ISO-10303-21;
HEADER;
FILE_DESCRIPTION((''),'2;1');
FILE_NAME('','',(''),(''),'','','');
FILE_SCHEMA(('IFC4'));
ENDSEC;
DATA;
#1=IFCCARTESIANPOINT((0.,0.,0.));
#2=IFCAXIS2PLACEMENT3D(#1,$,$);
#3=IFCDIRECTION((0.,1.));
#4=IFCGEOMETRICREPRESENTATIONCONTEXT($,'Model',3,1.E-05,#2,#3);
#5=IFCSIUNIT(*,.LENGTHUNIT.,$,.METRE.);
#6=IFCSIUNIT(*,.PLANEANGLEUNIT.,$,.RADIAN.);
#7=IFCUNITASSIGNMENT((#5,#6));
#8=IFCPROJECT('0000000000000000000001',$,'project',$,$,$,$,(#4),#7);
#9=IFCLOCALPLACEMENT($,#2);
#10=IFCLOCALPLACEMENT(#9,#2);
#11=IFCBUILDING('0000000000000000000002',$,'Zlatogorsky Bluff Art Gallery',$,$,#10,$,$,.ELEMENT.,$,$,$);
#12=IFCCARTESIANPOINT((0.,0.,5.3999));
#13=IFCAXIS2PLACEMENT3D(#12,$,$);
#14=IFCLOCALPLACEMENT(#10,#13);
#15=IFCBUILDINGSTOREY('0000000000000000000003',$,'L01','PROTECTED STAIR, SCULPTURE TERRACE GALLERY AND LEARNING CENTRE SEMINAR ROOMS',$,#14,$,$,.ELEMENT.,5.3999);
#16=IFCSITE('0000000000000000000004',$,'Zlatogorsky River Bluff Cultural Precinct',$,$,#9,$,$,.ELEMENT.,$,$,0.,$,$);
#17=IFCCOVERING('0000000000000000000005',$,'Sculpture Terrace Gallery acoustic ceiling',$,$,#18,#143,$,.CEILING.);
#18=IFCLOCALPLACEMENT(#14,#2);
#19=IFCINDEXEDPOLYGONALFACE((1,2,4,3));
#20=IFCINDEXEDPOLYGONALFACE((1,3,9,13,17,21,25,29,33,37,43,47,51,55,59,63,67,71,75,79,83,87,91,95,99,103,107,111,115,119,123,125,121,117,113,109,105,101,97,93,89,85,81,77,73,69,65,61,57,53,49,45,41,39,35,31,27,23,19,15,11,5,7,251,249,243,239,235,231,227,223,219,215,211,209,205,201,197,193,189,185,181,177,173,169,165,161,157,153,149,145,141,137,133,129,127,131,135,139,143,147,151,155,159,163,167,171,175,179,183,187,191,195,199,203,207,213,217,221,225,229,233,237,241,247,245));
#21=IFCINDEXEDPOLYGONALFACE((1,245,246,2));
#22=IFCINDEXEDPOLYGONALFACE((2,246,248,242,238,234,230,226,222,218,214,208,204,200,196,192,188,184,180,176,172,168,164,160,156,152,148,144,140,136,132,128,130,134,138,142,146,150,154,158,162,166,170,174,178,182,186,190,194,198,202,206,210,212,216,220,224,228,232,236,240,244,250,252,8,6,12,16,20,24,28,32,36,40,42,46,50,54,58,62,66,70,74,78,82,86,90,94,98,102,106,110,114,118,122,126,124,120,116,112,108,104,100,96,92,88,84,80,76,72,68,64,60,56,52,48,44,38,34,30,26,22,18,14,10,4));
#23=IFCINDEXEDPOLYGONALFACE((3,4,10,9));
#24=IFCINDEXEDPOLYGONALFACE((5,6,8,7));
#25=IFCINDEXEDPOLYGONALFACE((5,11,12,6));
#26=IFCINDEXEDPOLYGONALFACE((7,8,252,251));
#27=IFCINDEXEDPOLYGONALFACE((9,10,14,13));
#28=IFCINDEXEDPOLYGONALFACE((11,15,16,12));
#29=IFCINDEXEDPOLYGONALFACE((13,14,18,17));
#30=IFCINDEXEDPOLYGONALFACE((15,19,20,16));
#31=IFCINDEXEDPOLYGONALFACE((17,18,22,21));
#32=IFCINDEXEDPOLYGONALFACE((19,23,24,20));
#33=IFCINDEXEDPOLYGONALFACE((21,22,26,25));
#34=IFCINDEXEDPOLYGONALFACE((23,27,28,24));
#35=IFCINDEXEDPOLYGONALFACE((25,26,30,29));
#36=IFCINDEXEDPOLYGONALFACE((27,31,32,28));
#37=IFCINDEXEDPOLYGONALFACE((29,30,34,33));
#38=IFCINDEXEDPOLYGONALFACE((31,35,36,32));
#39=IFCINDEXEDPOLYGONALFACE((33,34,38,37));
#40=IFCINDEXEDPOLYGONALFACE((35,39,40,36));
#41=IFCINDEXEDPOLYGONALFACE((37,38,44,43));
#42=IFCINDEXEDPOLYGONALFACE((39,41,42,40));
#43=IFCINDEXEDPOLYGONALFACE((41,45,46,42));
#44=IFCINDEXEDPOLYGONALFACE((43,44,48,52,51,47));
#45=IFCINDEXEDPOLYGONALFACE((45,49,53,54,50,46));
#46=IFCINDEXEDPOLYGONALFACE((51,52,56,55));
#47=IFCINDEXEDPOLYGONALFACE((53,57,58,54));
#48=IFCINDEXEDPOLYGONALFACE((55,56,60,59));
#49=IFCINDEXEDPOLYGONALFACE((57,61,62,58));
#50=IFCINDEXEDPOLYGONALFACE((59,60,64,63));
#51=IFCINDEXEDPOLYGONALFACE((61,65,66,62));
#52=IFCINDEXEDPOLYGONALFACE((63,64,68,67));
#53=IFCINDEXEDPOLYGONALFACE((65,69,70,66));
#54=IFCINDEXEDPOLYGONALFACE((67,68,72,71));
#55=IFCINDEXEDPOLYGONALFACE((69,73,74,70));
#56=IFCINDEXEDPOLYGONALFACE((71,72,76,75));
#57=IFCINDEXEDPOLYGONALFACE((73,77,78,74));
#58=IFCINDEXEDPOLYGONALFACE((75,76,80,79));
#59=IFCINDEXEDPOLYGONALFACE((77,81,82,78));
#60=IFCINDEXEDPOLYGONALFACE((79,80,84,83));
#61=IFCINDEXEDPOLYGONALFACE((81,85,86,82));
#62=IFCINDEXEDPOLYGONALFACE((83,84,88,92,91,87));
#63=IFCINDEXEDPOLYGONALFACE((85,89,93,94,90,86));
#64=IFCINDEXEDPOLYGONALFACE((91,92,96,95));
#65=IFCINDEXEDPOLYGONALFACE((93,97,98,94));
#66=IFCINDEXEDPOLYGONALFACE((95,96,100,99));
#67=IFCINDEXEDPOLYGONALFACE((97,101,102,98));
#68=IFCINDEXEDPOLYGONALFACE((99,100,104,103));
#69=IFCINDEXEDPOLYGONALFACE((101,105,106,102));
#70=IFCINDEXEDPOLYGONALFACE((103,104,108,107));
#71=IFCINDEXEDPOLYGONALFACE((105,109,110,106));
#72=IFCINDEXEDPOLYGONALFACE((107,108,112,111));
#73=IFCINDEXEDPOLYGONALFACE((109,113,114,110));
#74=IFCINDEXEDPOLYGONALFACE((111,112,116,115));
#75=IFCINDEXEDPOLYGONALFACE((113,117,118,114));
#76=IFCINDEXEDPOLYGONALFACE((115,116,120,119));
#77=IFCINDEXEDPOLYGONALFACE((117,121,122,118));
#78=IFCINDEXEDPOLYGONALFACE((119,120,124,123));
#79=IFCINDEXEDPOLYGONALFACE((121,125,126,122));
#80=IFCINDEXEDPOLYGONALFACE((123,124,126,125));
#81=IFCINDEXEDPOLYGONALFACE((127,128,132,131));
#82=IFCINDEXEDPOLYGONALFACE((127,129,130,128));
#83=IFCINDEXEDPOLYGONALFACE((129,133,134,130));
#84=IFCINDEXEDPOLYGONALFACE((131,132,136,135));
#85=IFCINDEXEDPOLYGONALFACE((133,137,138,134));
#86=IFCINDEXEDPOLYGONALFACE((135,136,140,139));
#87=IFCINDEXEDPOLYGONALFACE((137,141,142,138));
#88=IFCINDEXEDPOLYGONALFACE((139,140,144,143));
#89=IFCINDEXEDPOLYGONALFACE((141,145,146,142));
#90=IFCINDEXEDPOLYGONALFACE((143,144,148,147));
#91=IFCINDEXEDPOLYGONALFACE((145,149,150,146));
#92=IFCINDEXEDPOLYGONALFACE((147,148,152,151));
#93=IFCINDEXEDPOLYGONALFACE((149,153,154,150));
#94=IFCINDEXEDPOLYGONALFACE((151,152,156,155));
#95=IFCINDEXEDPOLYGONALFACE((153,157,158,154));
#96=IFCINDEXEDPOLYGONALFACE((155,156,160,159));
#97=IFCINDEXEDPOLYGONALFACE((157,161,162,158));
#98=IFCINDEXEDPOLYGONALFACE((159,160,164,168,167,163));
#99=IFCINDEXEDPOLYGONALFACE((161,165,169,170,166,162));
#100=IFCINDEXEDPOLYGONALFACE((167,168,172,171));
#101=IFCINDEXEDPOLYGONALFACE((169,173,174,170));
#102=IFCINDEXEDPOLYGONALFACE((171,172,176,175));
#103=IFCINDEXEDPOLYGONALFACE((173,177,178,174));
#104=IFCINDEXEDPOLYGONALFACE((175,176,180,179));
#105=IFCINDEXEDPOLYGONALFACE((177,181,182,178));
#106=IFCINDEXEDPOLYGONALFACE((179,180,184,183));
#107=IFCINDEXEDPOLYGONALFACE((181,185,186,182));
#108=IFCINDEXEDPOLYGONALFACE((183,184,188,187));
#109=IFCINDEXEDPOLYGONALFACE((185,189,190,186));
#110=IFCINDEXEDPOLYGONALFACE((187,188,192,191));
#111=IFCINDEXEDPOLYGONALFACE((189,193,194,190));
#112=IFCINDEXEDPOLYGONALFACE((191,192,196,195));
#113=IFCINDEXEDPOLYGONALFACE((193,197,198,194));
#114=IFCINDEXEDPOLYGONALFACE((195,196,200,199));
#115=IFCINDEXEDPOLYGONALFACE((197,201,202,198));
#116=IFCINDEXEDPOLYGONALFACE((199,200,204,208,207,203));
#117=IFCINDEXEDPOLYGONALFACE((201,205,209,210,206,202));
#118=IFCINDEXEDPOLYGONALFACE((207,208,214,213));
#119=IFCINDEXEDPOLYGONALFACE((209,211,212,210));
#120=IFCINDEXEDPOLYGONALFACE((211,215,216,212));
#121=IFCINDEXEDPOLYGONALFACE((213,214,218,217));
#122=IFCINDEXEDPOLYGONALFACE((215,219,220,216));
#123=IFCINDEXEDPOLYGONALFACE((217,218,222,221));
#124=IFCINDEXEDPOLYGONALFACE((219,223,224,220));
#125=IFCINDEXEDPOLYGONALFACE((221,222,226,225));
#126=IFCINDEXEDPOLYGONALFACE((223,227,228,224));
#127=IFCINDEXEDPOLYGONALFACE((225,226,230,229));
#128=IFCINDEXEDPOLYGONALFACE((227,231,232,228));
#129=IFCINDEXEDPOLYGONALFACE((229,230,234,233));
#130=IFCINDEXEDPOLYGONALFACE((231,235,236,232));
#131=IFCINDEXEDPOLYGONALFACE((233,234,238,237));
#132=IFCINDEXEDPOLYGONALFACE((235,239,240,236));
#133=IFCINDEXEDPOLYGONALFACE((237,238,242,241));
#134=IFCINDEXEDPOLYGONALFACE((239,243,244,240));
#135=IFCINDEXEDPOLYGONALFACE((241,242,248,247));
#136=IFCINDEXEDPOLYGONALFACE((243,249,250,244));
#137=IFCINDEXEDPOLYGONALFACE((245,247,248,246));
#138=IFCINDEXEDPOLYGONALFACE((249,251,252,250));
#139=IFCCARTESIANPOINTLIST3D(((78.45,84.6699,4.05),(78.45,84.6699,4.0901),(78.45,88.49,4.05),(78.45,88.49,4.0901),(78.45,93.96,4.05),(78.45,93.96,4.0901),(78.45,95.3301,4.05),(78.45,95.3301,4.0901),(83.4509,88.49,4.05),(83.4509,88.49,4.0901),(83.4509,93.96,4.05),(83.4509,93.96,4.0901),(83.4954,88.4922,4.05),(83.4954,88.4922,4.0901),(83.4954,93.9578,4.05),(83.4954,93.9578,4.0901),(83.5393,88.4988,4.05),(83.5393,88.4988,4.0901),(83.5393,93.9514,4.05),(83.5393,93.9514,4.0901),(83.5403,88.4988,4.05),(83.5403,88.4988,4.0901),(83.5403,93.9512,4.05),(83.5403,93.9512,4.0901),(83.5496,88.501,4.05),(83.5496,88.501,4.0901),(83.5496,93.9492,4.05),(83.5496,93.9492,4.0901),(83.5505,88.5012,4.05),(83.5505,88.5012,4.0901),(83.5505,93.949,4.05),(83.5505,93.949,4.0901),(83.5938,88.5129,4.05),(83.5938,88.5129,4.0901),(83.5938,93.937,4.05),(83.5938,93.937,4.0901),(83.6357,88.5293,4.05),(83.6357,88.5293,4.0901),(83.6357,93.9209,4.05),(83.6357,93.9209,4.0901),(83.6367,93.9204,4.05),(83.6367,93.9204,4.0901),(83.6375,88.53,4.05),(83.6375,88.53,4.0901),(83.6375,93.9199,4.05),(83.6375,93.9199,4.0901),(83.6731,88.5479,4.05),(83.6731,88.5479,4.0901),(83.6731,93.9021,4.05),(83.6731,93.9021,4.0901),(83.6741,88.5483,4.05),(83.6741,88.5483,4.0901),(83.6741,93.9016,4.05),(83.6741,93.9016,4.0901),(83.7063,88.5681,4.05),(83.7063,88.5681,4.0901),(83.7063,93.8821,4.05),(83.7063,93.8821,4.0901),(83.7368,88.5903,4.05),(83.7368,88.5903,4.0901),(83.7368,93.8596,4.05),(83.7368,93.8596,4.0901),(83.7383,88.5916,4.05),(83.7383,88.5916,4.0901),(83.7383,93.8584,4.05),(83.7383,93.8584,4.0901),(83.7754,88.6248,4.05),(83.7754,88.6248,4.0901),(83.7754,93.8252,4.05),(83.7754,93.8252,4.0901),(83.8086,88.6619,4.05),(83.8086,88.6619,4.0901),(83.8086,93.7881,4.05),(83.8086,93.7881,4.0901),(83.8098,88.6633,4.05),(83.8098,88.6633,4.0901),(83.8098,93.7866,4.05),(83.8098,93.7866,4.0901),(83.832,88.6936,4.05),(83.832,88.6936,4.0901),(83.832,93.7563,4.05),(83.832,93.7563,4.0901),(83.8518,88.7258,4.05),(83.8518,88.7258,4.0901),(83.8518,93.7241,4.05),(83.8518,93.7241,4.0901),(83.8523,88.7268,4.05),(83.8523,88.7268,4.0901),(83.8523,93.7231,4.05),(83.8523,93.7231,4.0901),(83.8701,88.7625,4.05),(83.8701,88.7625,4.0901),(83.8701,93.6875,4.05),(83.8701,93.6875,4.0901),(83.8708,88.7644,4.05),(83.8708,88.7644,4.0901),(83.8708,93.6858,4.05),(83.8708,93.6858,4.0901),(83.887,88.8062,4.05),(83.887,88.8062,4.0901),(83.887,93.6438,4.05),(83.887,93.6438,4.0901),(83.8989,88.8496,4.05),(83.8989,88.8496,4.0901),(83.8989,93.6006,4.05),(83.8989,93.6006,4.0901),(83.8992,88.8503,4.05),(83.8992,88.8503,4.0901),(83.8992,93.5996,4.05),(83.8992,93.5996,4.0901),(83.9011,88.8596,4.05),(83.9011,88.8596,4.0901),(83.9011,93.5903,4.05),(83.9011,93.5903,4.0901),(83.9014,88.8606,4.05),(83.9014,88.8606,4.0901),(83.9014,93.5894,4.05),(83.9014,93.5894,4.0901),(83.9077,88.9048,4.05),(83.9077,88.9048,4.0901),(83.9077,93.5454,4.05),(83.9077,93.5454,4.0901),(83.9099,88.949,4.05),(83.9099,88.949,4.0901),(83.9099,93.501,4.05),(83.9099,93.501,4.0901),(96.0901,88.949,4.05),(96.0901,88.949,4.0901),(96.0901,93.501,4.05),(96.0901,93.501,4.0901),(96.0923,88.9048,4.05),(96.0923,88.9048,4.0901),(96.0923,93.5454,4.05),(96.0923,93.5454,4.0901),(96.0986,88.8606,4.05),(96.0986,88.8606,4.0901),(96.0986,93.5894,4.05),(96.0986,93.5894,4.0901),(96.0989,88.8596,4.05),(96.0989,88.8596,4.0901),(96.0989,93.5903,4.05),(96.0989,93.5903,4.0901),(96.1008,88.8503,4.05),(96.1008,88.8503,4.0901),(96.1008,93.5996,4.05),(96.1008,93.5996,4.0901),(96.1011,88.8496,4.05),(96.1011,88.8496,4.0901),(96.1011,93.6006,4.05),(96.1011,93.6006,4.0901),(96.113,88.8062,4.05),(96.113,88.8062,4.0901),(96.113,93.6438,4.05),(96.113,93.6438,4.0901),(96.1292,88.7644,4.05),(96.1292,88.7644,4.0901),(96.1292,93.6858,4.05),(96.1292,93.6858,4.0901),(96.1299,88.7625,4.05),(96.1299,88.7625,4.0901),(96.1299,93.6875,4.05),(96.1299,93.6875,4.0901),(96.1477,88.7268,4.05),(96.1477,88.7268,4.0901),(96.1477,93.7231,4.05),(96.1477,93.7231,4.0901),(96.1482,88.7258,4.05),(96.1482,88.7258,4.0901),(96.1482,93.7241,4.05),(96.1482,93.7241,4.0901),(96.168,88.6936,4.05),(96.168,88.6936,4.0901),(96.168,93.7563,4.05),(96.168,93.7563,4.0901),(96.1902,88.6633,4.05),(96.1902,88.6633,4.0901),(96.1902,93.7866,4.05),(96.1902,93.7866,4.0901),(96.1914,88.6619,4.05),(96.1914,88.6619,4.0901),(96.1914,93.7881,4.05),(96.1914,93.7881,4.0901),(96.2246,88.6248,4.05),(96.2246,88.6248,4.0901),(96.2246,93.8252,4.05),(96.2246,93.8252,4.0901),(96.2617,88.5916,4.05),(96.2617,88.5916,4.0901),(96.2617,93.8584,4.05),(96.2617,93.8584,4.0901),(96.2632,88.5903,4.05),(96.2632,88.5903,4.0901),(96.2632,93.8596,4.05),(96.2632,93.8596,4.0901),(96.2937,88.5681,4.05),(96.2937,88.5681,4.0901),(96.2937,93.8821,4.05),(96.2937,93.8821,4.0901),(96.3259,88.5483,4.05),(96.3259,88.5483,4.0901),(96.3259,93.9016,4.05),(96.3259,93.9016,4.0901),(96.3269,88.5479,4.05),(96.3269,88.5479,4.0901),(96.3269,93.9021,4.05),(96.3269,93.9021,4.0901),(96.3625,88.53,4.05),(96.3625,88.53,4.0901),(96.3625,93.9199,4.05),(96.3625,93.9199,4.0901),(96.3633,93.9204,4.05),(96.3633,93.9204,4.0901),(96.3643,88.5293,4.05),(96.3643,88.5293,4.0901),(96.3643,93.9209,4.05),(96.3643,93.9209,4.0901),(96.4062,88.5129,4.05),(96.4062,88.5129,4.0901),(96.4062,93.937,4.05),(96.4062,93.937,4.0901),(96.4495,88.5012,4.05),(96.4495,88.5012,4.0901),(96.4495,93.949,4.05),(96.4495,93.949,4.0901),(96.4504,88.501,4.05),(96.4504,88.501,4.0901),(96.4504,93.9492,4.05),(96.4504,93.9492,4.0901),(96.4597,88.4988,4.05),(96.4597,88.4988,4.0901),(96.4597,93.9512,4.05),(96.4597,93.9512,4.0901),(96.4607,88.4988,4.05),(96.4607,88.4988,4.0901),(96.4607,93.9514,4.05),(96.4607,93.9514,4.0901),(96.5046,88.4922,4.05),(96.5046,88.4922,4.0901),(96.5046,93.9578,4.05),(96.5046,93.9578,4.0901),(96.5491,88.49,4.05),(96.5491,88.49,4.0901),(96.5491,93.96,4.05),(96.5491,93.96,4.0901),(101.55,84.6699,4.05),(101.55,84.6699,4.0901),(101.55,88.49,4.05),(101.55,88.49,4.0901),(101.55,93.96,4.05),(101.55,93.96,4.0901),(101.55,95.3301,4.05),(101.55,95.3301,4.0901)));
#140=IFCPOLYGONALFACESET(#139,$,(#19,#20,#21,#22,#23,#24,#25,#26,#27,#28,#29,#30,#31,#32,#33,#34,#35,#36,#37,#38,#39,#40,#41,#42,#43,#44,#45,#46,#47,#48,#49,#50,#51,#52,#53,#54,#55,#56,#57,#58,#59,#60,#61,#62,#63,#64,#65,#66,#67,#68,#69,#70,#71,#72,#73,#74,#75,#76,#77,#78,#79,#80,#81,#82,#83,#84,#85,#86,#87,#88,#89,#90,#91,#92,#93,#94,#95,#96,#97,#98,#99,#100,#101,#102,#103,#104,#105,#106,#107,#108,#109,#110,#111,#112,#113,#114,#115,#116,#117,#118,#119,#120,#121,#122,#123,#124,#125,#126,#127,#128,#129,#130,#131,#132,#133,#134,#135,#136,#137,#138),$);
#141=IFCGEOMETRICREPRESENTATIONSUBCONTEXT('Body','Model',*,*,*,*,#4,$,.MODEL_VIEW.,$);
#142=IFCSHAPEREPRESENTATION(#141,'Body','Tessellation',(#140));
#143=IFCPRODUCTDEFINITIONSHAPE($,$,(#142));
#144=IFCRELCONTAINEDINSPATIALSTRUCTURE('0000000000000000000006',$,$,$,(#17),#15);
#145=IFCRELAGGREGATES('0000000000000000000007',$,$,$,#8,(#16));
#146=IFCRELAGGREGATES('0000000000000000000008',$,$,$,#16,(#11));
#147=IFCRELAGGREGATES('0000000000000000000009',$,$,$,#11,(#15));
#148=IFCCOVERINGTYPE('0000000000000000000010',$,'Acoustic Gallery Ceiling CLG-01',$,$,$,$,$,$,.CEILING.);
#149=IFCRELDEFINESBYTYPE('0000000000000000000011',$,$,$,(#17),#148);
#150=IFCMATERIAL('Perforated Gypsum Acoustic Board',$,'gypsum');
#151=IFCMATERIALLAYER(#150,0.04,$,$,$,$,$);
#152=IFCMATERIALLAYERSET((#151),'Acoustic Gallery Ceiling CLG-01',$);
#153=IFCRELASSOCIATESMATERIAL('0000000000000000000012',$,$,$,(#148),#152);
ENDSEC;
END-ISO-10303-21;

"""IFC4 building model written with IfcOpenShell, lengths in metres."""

from ifc_helpers import new_model, si_unit, direction, frame, origin, place, context, subcontext, project, spatial, polyline, outline, extrude, material, layer, layer_set, type_object, element, save


model = new_model("IFC4")

# Units and contexts
model_context = context("Model", 3, precision=1e-05, world=origin(), true_north=direction((0.0, 1.0)))
body_context = subcontext(model_context, "Body", "Model", "MODEL_VIEW")
ifc_project = project(units=[si_unit("LENGTHUNIT", "METRE"), si_unit("PLANEANGLEUNIT", "RADIAN")], contexts=[model_context])

# Site, building, storey
site_placement = place(None, origin())
site = spatial("IfcSite", under=ifc_project, at=site_placement, Name="Zlatogorsky River Bluff Cultural Precinct", CompositionType="ELEMENT", RefElevation=0.0)
building_placement = place(site_placement, origin())
building = spatial("IfcBuilding", under=site, at=building_placement, Name="Zlatogorsky Bluff Art Gallery", CompositionType="ELEMENT")
storey_placement = place(building_placement, frame((0.0, 0.0, 5.3999)))
storey = spatial("IfcBuildingStorey", under=building, at=storey_placement, Name="L01", Description="PROTECTED STAIR, SCULPTURE TERRACE GALLERY AND LEARNING CENTRE SEMINAR ROOMS", CompositionType="ELEMENT", Elevation=5.3999)

# Covering
ifc_material_1 = material(Name="Perforated Gypsum Acoustic Board", Category="gypsum")
ifc_layer_1 = layer(ifc_material_1, 0.04)
ifc_layer_set_1 = layer_set([ifc_layer_1], Name="Acoustic Gallery Ceiling CLG-01")
covering_type_1 = type_object("IfcCoveringType", Name="Acoustic Gallery Ceiling CLG-01", PredefinedType="CEILING", material=ifc_layer_set_1)
covering_1_placement = place(storey_placement, frame((0.0, 0.0, 4.05)))
element("IfcCovering", 1, at=covering_1_placement, inside=storey, type_object=covering_type_1, Name="Sculpture Terrace Gallery acoustic ceiling", PredefinedType="CEILING", context=body_context, shape_type="SweptSolid", body=[
    extrude(outline(polyline([(78.45, 88.49), (83.4509, 88.49), (83.4954, 88.4922), (83.5393, 88.4988), (83.5403, 88.4988), (83.5496, 88.501), (83.5505, 88.5012), (83.5938, 88.5129), (83.6357, 88.5293), (83.6375, 88.53), (83.6731, 88.5479), (83.6741, 88.5483), (83.7063, 88.5681), (83.7368, 88.5903), (83.7383, 88.5916), (83.7754, 88.6248), (83.8086, 88.6619), (83.8098, 88.6633), (83.832, 88.6936), (83.8518, 88.7258), (83.8523, 88.7268), (83.8701, 88.7625), (83.8708, 88.7644), (83.887, 88.8062), (83.8989, 88.8496), (83.8992, 88.8503), (83.9011, 88.8596), (83.9014, 88.8606), (83.9077, 88.9048), (83.9099, 88.949), (83.9099, 93.501), (83.9077, 93.5454), (83.9014, 93.5894), (83.9011, 93.5903), (83.8992, 93.5996), (83.8989, 93.6006), (83.887, 93.6438), (83.8708, 93.6858), (83.8701, 93.6875), (83.8523, 93.7231), (83.8518, 93.7241), (83.832, 93.7563), (83.8098, 93.7866), (83.8086, 93.7881), (83.7754, 93.8252), (83.7383, 93.8584), (83.7368, 93.8596), (83.7063, 93.8821), (83.6741, 93.9016), (83.6731, 93.9021), (83.6375, 93.9199), (83.6367, 93.9204), (83.6357, 93.9209), (83.5938, 93.937), (83.5505, 93.949), (83.5496, 93.9492), (83.5403, 93.9512), (83.5393, 93.9514), (83.4954, 93.9578), (83.4509, 93.96), (78.45, 93.96), (78.45, 95.3301), (101.55, 95.3301), (101.55, 93.96), (96.5491, 93.96), (96.5046, 93.9578), (96.4607, 93.9514), (96.4597, 93.9512), (96.4504, 93.9492), (96.4495, 93.949), (96.4062, 93.937), (96.3643, 93.9209), (96.3633, 93.9204), (96.3625, 93.9199), (96.3269, 93.9021), (96.3259, 93.9016), (96.2937, 93.8821), (96.2632, 93.8596), (96.2617, 93.8584), (96.2246, 93.8252), (96.1914, 93.7881), (96.1902, 93.7866), (96.168, 93.7563), (96.1482, 93.7241), (96.1477, 93.7231), (96.1299, 93.6875), (96.1292, 93.6858), (96.113, 93.6438), (96.1011, 93.6006), (96.1008, 93.5996), (96.0989, 93.5903), (96.0986, 93.5894), (96.0923, 93.5454), (96.0901, 93.501), (96.0901, 88.949), (96.0923, 88.9048), (96.0986, 88.8606), (96.0989, 88.8596), (96.1008, 88.8503), (96.1011, 88.8496), (96.113, 88.8062), (96.1292, 88.7644), (96.1299, 88.7625), (96.1477, 88.7268), (96.1482, 88.7258), (96.168, 88.6936), (96.1902, 88.6633), (96.1914, 88.6619), (96.2246, 88.6248), (96.2617, 88.5916), (96.2632, 88.5903), (96.2937, 88.5681), (96.3259, 88.5483), (96.3269, 88.5479), (96.3625, 88.53), (96.3643, 88.5293), (96.4062, 88.5129), (96.4495, 88.5012), (96.4504, 88.501), (96.4597, 88.4988), (96.4607, 88.4988), (96.5046, 88.4922), (96.5491, 88.49), (101.55, 88.49), (101.55, 84.6699), (78.45, 84.6699), (78.45, 88.49)])), origin(), (0.0, 0.0, 1.0), 0.04),
])

save(model, "model.ifc")
